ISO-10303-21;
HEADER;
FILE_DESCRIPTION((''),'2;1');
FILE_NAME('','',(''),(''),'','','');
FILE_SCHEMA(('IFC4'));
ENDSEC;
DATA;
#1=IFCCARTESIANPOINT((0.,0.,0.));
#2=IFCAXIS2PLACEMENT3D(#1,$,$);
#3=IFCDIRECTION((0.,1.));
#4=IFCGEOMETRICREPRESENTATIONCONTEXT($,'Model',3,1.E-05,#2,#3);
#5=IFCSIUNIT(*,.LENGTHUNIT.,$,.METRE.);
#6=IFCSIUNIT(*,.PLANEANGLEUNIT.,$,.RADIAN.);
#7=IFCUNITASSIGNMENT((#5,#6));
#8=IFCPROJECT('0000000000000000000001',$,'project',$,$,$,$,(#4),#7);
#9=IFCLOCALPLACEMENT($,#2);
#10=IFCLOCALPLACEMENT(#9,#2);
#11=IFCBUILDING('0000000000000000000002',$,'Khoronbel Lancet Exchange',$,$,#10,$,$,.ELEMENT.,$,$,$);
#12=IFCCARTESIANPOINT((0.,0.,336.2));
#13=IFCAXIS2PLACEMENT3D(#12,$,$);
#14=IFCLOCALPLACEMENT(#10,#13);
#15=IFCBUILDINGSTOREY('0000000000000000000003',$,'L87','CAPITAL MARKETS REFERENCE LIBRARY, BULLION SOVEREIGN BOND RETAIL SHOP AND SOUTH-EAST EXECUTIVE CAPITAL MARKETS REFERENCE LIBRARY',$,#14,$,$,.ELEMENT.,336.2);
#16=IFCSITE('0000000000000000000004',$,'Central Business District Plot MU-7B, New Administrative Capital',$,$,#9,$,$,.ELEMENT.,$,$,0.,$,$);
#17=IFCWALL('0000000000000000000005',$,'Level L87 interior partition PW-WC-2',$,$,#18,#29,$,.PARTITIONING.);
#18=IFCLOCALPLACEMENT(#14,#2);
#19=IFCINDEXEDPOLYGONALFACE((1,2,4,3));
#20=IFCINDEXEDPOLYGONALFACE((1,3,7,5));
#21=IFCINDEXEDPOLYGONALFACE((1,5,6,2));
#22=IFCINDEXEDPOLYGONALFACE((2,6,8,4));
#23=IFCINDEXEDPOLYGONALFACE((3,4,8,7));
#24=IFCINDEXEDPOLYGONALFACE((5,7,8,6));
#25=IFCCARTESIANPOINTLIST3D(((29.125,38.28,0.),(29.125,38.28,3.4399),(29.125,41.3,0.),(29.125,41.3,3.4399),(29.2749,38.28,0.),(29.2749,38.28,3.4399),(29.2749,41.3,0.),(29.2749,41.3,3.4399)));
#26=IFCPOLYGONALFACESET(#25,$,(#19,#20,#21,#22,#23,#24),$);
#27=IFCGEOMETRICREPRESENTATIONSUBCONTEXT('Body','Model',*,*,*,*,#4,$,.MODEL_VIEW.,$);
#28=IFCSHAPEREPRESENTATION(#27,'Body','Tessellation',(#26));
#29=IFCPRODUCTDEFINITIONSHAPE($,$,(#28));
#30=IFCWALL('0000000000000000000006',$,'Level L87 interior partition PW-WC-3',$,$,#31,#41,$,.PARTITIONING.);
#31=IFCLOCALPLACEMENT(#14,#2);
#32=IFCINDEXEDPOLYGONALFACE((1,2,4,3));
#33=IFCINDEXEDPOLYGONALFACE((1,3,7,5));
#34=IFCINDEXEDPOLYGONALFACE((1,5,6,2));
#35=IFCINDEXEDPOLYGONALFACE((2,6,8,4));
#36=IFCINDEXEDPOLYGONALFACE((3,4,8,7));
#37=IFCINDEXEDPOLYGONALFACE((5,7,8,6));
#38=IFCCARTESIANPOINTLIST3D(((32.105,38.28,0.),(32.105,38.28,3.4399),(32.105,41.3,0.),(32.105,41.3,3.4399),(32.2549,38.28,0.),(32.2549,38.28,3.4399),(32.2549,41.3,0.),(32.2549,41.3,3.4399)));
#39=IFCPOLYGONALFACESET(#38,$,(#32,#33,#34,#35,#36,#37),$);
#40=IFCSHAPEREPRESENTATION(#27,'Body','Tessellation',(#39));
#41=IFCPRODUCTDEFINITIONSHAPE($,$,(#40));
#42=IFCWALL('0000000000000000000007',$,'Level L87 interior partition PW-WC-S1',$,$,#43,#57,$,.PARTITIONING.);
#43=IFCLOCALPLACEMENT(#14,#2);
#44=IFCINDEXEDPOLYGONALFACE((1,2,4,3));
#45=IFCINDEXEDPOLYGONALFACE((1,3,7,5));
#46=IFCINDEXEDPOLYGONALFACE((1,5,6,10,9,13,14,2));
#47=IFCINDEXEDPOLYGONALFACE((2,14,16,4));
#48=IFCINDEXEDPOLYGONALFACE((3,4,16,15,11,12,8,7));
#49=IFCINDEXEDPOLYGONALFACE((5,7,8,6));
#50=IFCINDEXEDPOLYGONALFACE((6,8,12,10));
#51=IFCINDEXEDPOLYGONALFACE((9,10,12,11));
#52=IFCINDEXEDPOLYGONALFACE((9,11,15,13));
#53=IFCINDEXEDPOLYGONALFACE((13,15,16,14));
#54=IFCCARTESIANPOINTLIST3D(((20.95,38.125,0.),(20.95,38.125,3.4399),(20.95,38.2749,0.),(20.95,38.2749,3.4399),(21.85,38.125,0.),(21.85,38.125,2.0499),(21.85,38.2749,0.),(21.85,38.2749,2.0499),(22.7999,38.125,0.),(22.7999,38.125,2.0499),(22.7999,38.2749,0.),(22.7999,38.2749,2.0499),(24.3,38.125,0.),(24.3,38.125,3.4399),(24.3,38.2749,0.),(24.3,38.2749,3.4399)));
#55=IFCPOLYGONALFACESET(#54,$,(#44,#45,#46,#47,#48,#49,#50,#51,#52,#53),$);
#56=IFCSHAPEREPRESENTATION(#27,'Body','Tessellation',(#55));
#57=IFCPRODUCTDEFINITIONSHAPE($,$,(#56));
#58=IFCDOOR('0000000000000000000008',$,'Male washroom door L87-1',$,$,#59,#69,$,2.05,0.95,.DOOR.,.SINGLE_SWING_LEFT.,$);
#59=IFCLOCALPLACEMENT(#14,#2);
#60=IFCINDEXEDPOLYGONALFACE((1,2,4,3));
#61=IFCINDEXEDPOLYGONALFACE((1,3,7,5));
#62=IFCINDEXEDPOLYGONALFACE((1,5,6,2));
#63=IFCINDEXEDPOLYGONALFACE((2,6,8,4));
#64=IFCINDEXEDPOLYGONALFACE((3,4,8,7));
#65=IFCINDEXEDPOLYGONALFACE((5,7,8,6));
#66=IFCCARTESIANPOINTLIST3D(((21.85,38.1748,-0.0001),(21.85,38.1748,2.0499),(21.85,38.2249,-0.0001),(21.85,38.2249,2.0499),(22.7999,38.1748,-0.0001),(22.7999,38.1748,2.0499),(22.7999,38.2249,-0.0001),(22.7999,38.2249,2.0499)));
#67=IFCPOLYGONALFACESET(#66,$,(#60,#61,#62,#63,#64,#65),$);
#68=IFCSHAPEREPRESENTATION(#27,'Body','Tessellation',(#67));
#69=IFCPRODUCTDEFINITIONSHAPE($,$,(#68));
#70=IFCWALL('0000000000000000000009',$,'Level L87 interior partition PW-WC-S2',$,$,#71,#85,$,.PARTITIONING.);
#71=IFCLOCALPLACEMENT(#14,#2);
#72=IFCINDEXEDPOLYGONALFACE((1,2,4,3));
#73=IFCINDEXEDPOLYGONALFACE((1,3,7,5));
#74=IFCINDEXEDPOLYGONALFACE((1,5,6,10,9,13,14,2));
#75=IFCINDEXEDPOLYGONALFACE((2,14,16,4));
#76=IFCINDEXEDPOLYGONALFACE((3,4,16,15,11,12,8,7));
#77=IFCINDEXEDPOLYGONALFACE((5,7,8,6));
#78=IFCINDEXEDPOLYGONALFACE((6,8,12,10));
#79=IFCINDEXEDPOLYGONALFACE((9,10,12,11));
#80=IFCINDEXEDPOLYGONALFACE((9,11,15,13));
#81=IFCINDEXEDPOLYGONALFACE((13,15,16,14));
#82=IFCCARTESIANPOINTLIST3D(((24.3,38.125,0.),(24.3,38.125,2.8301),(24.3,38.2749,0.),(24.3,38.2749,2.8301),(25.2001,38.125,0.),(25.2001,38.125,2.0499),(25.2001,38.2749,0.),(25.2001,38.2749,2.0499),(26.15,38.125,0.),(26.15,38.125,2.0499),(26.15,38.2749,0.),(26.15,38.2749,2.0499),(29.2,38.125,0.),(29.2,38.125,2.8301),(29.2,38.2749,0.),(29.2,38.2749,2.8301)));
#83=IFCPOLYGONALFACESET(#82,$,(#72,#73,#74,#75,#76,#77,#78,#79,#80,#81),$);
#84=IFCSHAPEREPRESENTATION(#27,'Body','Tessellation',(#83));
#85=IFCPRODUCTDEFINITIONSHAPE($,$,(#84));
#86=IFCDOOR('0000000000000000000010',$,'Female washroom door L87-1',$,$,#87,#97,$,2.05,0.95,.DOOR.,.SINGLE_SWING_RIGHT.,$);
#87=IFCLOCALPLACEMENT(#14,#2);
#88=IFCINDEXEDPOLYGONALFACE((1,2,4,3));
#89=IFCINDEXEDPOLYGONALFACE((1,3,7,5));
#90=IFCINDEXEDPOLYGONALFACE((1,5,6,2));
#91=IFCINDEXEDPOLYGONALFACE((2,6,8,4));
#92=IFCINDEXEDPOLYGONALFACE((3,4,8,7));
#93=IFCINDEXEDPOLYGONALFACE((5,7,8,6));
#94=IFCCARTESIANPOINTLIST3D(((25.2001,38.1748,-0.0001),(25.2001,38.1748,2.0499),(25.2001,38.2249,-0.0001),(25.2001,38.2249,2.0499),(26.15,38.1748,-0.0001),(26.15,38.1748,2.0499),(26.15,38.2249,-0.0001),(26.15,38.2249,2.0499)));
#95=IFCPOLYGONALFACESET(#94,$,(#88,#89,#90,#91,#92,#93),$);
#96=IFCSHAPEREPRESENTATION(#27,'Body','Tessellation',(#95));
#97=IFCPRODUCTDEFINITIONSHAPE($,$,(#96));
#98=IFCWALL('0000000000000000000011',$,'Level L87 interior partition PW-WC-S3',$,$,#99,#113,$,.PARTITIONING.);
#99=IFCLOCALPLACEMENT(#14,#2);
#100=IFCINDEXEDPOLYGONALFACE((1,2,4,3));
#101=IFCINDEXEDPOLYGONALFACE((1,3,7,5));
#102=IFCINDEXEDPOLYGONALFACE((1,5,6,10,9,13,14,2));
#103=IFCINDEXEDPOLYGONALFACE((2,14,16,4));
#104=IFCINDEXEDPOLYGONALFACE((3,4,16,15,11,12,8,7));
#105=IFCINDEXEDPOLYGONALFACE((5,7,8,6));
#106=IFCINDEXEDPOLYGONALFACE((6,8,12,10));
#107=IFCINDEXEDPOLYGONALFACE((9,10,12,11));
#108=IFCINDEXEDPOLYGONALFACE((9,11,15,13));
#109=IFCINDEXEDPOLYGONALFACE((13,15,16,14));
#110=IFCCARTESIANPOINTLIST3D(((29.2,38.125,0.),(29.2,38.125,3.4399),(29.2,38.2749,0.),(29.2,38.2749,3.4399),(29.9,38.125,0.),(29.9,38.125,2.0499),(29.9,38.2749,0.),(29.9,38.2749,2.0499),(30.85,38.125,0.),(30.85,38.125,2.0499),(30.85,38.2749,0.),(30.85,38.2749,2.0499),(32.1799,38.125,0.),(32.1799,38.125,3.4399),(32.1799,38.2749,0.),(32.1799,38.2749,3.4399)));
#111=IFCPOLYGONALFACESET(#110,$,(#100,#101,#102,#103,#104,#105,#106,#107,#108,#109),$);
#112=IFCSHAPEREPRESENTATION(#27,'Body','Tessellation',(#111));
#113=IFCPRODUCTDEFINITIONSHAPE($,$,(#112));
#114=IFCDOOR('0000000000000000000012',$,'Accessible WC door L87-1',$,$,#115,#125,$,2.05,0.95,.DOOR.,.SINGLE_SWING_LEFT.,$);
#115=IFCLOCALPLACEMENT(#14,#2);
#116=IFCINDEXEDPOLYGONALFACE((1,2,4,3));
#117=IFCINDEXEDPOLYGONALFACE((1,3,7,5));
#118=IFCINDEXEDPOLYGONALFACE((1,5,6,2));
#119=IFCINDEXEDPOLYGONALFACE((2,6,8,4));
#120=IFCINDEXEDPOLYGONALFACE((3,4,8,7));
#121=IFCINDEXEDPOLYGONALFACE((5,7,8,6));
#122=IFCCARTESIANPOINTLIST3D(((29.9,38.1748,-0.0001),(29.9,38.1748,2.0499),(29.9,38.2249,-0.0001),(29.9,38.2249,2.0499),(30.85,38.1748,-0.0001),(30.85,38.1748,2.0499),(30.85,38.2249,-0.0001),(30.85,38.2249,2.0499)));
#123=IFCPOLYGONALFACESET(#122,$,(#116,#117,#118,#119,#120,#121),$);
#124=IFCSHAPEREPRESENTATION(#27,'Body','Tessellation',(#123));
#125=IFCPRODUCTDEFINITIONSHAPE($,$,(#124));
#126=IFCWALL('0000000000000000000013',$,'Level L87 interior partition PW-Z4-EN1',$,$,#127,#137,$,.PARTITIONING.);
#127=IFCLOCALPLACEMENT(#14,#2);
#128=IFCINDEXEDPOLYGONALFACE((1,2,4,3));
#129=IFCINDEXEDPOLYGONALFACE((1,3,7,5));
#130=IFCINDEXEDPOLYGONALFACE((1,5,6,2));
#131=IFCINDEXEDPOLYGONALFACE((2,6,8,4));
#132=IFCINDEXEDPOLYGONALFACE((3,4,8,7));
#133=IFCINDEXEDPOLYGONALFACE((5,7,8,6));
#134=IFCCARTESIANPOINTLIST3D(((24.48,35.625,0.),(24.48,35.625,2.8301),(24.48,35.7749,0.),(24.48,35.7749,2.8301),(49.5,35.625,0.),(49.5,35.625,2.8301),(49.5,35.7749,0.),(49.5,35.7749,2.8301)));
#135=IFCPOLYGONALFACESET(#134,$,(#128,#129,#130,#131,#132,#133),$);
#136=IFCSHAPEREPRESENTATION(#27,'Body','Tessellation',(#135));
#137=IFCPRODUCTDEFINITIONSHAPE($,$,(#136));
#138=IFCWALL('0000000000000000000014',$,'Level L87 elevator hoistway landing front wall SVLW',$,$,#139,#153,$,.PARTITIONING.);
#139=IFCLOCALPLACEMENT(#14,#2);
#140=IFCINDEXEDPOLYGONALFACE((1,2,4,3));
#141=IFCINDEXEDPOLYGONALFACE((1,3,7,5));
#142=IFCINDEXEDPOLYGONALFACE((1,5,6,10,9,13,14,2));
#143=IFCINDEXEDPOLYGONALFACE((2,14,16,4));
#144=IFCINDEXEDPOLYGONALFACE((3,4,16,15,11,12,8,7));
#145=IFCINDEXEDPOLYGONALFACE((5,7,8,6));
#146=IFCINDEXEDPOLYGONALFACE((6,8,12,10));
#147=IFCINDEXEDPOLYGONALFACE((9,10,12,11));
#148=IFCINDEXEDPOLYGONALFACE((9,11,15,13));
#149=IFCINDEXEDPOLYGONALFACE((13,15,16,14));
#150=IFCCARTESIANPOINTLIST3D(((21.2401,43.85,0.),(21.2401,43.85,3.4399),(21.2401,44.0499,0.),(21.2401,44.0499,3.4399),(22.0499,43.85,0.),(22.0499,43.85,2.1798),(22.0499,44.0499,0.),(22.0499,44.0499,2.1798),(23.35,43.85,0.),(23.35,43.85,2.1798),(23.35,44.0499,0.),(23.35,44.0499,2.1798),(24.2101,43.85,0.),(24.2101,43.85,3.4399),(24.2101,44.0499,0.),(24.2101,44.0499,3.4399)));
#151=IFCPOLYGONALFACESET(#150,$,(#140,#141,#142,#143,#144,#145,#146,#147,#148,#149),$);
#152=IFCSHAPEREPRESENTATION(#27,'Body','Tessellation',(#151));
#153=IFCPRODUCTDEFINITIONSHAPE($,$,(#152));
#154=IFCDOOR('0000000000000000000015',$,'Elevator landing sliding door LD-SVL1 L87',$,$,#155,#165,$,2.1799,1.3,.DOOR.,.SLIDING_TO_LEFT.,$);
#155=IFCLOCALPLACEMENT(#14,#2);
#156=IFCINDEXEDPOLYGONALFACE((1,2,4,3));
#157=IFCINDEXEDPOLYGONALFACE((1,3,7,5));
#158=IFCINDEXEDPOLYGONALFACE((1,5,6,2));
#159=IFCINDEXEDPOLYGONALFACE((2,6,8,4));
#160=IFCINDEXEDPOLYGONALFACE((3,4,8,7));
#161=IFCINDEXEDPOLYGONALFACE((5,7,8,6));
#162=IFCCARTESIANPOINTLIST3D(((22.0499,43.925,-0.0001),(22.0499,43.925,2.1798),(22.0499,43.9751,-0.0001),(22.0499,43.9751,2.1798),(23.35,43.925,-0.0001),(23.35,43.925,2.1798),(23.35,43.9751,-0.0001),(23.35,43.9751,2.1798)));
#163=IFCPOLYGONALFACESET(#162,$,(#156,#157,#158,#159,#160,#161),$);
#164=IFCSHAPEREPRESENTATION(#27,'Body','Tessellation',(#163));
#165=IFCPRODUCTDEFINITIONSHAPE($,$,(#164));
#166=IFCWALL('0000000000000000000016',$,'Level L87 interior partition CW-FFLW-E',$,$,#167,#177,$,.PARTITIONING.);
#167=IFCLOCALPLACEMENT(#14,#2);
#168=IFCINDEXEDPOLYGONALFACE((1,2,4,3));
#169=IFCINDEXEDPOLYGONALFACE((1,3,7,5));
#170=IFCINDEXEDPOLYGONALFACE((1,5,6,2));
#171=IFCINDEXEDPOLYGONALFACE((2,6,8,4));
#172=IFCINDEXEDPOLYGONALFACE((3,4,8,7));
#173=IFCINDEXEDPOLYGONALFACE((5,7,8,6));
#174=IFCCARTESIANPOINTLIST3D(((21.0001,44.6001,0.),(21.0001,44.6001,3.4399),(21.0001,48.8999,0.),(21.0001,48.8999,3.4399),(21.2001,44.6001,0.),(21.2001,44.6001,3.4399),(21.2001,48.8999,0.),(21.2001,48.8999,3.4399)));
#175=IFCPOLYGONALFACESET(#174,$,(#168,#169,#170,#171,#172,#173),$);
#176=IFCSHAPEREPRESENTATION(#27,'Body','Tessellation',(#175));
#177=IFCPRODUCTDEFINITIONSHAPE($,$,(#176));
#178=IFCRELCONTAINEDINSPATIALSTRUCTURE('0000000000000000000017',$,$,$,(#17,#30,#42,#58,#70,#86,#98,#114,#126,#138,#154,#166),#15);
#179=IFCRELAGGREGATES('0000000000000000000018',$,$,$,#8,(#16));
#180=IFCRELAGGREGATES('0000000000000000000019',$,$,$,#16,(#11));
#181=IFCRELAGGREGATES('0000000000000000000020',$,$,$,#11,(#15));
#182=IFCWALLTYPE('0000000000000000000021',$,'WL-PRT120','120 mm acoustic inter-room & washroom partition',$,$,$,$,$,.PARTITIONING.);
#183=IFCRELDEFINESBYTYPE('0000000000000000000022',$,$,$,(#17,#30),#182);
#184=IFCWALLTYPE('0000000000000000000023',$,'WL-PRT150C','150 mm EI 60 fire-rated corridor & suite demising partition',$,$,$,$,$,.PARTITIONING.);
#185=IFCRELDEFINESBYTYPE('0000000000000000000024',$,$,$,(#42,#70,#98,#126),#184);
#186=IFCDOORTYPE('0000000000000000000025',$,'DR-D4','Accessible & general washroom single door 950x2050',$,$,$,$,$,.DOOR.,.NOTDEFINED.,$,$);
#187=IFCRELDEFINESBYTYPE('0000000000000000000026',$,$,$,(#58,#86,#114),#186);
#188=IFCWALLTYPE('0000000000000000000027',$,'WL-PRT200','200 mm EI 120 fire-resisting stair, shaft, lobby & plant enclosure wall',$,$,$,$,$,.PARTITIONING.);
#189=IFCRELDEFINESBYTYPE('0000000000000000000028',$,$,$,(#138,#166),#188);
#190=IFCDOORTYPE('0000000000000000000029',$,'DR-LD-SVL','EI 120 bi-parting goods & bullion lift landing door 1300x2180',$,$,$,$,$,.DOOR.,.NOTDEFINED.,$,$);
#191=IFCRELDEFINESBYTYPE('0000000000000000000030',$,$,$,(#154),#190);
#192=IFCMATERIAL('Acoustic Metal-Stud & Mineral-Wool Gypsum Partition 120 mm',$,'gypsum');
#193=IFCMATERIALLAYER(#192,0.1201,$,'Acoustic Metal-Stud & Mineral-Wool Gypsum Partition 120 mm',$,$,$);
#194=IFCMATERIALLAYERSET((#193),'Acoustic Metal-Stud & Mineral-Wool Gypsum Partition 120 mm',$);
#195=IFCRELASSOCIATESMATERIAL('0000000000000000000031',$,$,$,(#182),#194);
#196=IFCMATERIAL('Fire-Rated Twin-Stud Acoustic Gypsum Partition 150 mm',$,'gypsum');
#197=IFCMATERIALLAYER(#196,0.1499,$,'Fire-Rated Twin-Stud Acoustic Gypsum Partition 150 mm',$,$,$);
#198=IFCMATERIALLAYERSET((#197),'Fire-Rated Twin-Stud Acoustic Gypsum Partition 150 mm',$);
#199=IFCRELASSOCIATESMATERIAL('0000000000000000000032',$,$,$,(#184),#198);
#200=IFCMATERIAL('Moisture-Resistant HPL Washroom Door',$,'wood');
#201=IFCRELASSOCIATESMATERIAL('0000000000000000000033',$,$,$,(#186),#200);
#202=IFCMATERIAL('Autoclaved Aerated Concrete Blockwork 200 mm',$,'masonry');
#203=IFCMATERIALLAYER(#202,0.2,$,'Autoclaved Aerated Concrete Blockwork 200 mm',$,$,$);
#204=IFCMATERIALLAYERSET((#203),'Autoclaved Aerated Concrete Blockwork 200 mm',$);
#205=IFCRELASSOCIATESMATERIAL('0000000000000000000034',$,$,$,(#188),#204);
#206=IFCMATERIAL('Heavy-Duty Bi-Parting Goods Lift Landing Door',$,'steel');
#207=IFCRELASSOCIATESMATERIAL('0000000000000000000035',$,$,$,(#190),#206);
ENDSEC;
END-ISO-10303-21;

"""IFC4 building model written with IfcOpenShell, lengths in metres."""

from ifc_helpers import new_model, si_unit, direction, frame, frame_2d, origin, place, context, subcontext, project, spatial, rectangle, extrude, material, layer, layer_set, type_object, element, fill, save


model = new_model("IFC4")

# Units and contexts
model_context = context("Model", 3, precision=1e-05, world=origin(), true_north=direction((0.0, 1.0)))
body_context = subcontext(model_context, "Body", "Model", "MODEL_VIEW")
ifc_project = project(units=[si_unit("LENGTHUNIT", "METRE"), si_unit("PLANEANGLEUNIT", "RADIAN")], contexts=[model_context])

# Site, building, storey
site_placement = place(None, origin())
site = spatial("IfcSite", under=ifc_project, at=site_placement, Name="Central Business District Plot MU-7B, New Administrative Capital", CompositionType="ELEMENT", RefElevation=0.0)
building_placement = place(site_placement, origin())
building = spatial("IfcBuilding", under=site, at=building_placement, Name="Khoronbel Lancet Exchange", CompositionType="ELEMENT")
storey_placement = place(building_placement, frame((0.0, 0.0, 336.2)))
storey = spatial("IfcBuildingStorey", under=building, at=storey_placement, Name="L87", Description="CAPITAL MARKETS REFERENCE LIBRARY, BULLION SOVEREIGN BOND RETAIL SHOP AND SOUTH-EAST EXECUTIVE CAPITAL MARKETS REFERENCE LIBRARY", CompositionType="ELEMENT", Elevation=336.2)

# Walls
ifc_material_1 = material(Name="Acoustic Metal-Stud & Mineral-Wool Gypsum Partition 120 mm", Category="gypsum")
ifc_layer_1 = layer(ifc_material_1, 0.1201, Name="Acoustic Metal-Stud & Mineral-Wool Gypsum Partition 120 mm")
ifc_layer_set_1 = layer_set([ifc_layer_1], Name="Acoustic Metal-Stud & Mineral-Wool Gypsum Partition 120 mm")
wall_type_1 = type_object("IfcWallType", Name="WL-PRT120", Description="120 mm acoustic inter-room & washroom partition", PredefinedType="PARTITIONING", material=ifc_layer_set_1)
for number, where, z_axis, x_axis, name in (
    (1, (29.2, 38.28, 0.0), (0.0, 0.0, 1.0), (0.0, 1.0, 0.0), "Level L87 interior partition PW-WC-2"),
    (2, (32.1799, 38.28, 0.0), (0.0, 0.0, 1.0), (0.0, 1.0, 0.0), "Level L87 interior partition PW-WC-3"),
):
    element("IfcWall", number, at=place(storey_placement, frame(where, z_axis=z_axis, x_axis=x_axis)), inside=storey, type_object=wall_type_1, Name=name, PredefinedType="PARTITIONING", context=body_context, shape_type="SweptSolid", body=[
        extrude(rectangle(XDim=3.02, YDim=0.1499, at=frame_2d((1.51, 0.0))), origin(), (0.0, 0.0, 1.0), 3.4399),
    ])

# Walls, openings, doors
ifc_material_2 = material(Name="Fire-Rated Twin-Stud Acoustic Gypsum Partition 150 mm", Category="gypsum")
ifc_layer_2 = layer(ifc_material_2, 0.1499, Name="Fire-Rated Twin-Stud Acoustic Gypsum Partition 150 mm")
ifc_layer_set_2 = layer_set([ifc_layer_2], Name="Fire-Rated Twin-Stud Acoustic Gypsum Partition 150 mm")
wall_type_2 = type_object("IfcWallType", Name="WL-PRT150C", Description="150 mm EI 60 fire-rated corridor & suite demising partition", PredefinedType="PARTITIONING", material=ifc_layer_set_2)
wall_1_placement = place(storey_placement, frame((20.95, 38.2, 0.0), z_axis=(0.0, 0.0, 1.0), x_axis=(1.0, 0.0, 0.0)))
wall_1 = element("IfcWall", 3, at=wall_1_placement, inside=storey, type_object=wall_type_2, Name="Level L87 interior partition PW-WC-S1", PredefinedType="PARTITIONING", context=body_context, shape_type="SweptSolid", body=[
    extrude(rectangle(XDim=3.3501, YDim=0.1499, at=frame_2d((1.675, 0.0))), origin(), (0.0, 0.0, 1.0), 3.4399),
])
opening_1_placement = place(wall_1_placement, frame((0.8999, 0.0, 0.0)))
opening_1 = element("IfcOpeningElement", 4, at=opening_1_placement, cuts=wall_1, PredefinedType="OPENING", context=body_context, shape_type="SweptSolid", body=[
    extrude(rectangle(XDim=0.95, YDim=2.05, at=frame_2d((0.4751, 1.0249))), frame((0.0, 0.085, 0.0), z_axis=(0.0, -1.0, 0.0), x_axis=(1.0, 0.0, 0.0)), (0.0, 0.0, 1.0), 0.1699),
])
ifc_material_3 = material(Name="Moisture-Resistant HPL Washroom Door", Category="wood")
door_type_1 = type_object("IfcDoorType", Name="DR-D4", Description="Accessible & general washroom single door 950x2050", OperationType="NOTDEFINED", PredefinedType="DOOR", material=ifc_material_3)
door_1_placement = place(opening_1_placement, origin())
door_1 = element("IfcDoor", 5, at=door_1_placement, inside=storey, type_object=door_type_1, Name="Male washroom door L87-1", OperationType="SINGLE_SWING_LEFT", OverallHeight=2.05, OverallWidth=0.95, PredefinedType="DOOR", context=body_context, shape_type="SweptSolid", body=[
    extrude(rectangle(XDim=0.95, YDim=2.05, at=frame_2d((0.4751, 1.0249))), frame((0.0, 0.0249, 0.0), z_axis=(0.0, -1.0, 0.0), x_axis=(1.0, 0.0, 0.0)), (0.0, 0.0, 1.0), 0.05),
])
fill(opening_1, door_1)
wall_2_placement = place(storey_placement, frame((24.3, 38.2, 0.0), z_axis=(0.0, 0.0, 1.0), x_axis=(1.0, 0.0, 0.0)))
wall_2 = element("IfcWall", 6, at=wall_2_placement, inside=storey, type_object=wall_type_2, Name="Level L87 interior partition PW-WC-S2", PredefinedType="PARTITIONING", context=body_context, shape_type="SweptSolid", body=[
    extrude(rectangle(XDim=4.8999, YDim=0.1499, at=frame_2d((2.45, 0.0))), origin(), (0.0, 0.0, 1.0), 2.8301),
])
opening_2_placement = place(wall_2_placement, frame((0.8999, 0.0, 0.0)))
opening_2 = element("IfcOpeningElement", 7, at=opening_2_placement, cuts=wall_2, PredefinedType="OPENING", context=body_context, shape_type="SweptSolid", body=[
    extrude(rectangle(XDim=0.95, YDim=2.05, at=frame_2d((0.4751, 1.0249))), frame((0.0, 0.085, 0.0), z_axis=(0.0, -1.0, 0.0), x_axis=(1.0, 0.0, 0.0)), (0.0, 0.0, 1.0), 0.1699),
])
door_2_placement = place(opening_2_placement, origin())
door_2 = element("IfcDoor", 8, at=door_2_placement, inside=storey, type_object=door_type_1, Name="Female washroom door L87-1", OperationType="SINGLE_SWING_RIGHT", OverallHeight=2.05, OverallWidth=0.95, PredefinedType="DOOR", context=body_context, shape_type="SweptSolid", body=[
    extrude(rectangle(XDim=0.95, YDim=2.05, at=frame_2d((0.4751, 1.0249))), frame((0.0, 0.0249, 0.0), z_axis=(0.0, -1.0, 0.0), x_axis=(1.0, 0.0, 0.0)), (0.0, 0.0, 1.0), 0.05),
])
fill(opening_2, door_2)
wall_3_placement = place(storey_placement, frame((29.2, 38.2, 0.0), z_axis=(0.0, 0.0, 1.0), x_axis=(1.0, 0.0, 0.0)))
wall_3 = element("IfcWall", 9, at=wall_3_placement, inside=storey, type_object=wall_type_2, Name="Level L87 interior partition PW-WC-S3", PredefinedType="PARTITIONING", context=body_context, shape_type="SweptSolid", body=[
    extrude(rectangle(XDim=2.98, YDim=0.1499, at=frame_2d((1.49, 0.0))), origin(), (0.0, 0.0, 1.0), 3.4399),
])
opening_3_placement = place(wall_3_placement, frame((0.7, 0.0, 0.0)))
opening_3 = element("IfcOpeningElement", 10, at=opening_3_placement, cuts=wall_3, PredefinedType="OPENING", context=body_context, shape_type="SweptSolid", body=[
    extrude(rectangle(XDim=0.95, YDim=2.05, at=frame_2d((0.4751, 1.0249))), frame((0.0, 0.085, 0.0), z_axis=(0.0, -1.0, 0.0), x_axis=(1.0, 0.0, 0.0)), (0.0, 0.0, 1.0), 0.1699),
])
door_3_placement = place(opening_3_placement, origin())
door_3 = element("IfcDoor", 11, at=door_3_placement, inside=storey, type_object=door_type_1, Name="Accessible WC door L87-1", OperationType="SINGLE_SWING_LEFT", OverallHeight=2.05, OverallWidth=0.95, PredefinedType="DOOR", context=body_context, shape_type="SweptSolid", body=[
    extrude(rectangle(XDim=0.95, YDim=2.05, at=frame_2d((0.4751, 1.0249))), frame((0.0, 0.0249, 0.0), z_axis=(0.0, -1.0, 0.0), x_axis=(1.0, 0.0, 0.0)), (0.0, 0.0, 1.0), 0.05),
])
fill(opening_3, door_3)

# Wall
wall_4_placement = place(storey_placement, frame((24.48, 35.7, 0.0), z_axis=(0.0, 0.0, 1.0), x_axis=(1.0, 0.0, 0.0)))
element("IfcWall", 12, at=wall_4_placement, inside=storey, type_object=wall_type_2, Name="Level L87 interior partition PW-Z4-EN1", PredefinedType="PARTITIONING", context=body_context, shape_type="SweptSolid", body=[
    extrude(rectangle(XDim=25.02, YDim=0.1499, at=frame_2d((12.51, 0.0))), origin(), (0.0, 0.0, 1.0), 2.8301),
])

# Wall, opening, door
ifc_material_4 = material(Name="Autoclaved Aerated Concrete Blockwork 200 mm", Category="masonry")
ifc_layer_3 = layer(ifc_material_4, 0.2, Name="Autoclaved Aerated Concrete Blockwork 200 mm")
ifc_layer_set_3 = layer_set([ifc_layer_3], Name="Autoclaved Aerated Concrete Blockwork 200 mm")
wall_type_3 = type_object("IfcWallType", Name="WL-PRT200", Description="200 mm EI 120 fire-resisting stair, shaft, lobby & plant enclosure wall", PredefinedType="PARTITIONING", material=ifc_layer_set_3)
wall_5_placement = place(storey_placement, frame((24.21, 43.95, 0.0), z_axis=(0.0, 0.0, 1.0), x_axis=(-1.0, 0.0, 0.0)))
wall_5 = element("IfcWall", 13, at=wall_5_placement, inside=storey, type_object=wall_type_3, Name="Level L87 elevator hoistway landing front wall SVLW", PredefinedType="PARTITIONING", context=body_context, shape_type="SweptSolid", body=[
    extrude(rectangle(XDim=2.97, YDim=0.2, at=frame_2d((1.4849, 0.0))), origin(), (0.0, 0.0, 1.0), 3.4399),
])
opening_4_placement = place(wall_5_placement, frame((0.8601, 0.0, 0.0)))
opening_4 = element("IfcOpeningElement", 14, at=opening_4_placement, cuts=wall_5, PredefinedType="OPENING", context=body_context, shape_type="SweptSolid", body=[
    extrude(rectangle(XDim=1.3, YDim=2.1799, at=frame_2d((0.6499, 1.0898))), frame((0.0, 0.1099, 0.0), z_axis=(0.0, -1.0, 0.0), x_axis=(1.0, 0.0, 0.0)), (0.0, 0.0, 1.0), 0.22),
])
ifc_material_5 = material(Name="Heavy-Duty Bi-Parting Goods Lift Landing Door", Category="steel")
door_type_2 = type_object("IfcDoorType", Name="DR-LD-SVL", Description="EI 120 bi-parting goods & bullion lift landing door 1300x2180", OperationType="NOTDEFINED", PredefinedType="DOOR", material=ifc_material_5)
door_4_placement = place(opening_4_placement, origin())
door_4 = element("IfcDoor", 15, at=door_4_placement, inside=storey, type_object=door_type_2, Name="Elevator landing sliding door LD-SVL1 L87", OperationType="SLIDING_TO_LEFT", OverallHeight=2.1799, OverallWidth=1.3, PredefinedType="DOOR", context=body_context, shape_type="SweptSolid", body=[
    extrude(rectangle(XDim=1.3, YDim=2.1799, at=frame_2d((0.6499, 1.0898))), frame((0.0, 0.0249, 0.0), z_axis=(0.0, -1.0, 0.0), x_axis=(1.0, 0.0, 0.0)), (0.0, 0.0, 1.0), 0.05),
])
fill(opening_4, door_4)

# Wall
wall_6_placement = place(storey_placement, frame((21.1001, 44.6001, 0.0), z_axis=(0.0, 0.0, 1.0), x_axis=(0.0, 1.0, 0.0)))
element("IfcWall", 16, at=wall_6_placement, inside=storey, type_object=wall_type_3, Name="Level L87 interior partition CW-FFLW-E", PredefinedType="PARTITIONING", context=body_context, shape_type="SweptSolid", body=[
    extrude(rectangle(XDim=4.2998, YDim=0.2, at=frame_2d((2.1499, 0.0))), origin(), (0.0, 0.0, 1.0), 3.4399),
])

save(model, "model.ifc")
